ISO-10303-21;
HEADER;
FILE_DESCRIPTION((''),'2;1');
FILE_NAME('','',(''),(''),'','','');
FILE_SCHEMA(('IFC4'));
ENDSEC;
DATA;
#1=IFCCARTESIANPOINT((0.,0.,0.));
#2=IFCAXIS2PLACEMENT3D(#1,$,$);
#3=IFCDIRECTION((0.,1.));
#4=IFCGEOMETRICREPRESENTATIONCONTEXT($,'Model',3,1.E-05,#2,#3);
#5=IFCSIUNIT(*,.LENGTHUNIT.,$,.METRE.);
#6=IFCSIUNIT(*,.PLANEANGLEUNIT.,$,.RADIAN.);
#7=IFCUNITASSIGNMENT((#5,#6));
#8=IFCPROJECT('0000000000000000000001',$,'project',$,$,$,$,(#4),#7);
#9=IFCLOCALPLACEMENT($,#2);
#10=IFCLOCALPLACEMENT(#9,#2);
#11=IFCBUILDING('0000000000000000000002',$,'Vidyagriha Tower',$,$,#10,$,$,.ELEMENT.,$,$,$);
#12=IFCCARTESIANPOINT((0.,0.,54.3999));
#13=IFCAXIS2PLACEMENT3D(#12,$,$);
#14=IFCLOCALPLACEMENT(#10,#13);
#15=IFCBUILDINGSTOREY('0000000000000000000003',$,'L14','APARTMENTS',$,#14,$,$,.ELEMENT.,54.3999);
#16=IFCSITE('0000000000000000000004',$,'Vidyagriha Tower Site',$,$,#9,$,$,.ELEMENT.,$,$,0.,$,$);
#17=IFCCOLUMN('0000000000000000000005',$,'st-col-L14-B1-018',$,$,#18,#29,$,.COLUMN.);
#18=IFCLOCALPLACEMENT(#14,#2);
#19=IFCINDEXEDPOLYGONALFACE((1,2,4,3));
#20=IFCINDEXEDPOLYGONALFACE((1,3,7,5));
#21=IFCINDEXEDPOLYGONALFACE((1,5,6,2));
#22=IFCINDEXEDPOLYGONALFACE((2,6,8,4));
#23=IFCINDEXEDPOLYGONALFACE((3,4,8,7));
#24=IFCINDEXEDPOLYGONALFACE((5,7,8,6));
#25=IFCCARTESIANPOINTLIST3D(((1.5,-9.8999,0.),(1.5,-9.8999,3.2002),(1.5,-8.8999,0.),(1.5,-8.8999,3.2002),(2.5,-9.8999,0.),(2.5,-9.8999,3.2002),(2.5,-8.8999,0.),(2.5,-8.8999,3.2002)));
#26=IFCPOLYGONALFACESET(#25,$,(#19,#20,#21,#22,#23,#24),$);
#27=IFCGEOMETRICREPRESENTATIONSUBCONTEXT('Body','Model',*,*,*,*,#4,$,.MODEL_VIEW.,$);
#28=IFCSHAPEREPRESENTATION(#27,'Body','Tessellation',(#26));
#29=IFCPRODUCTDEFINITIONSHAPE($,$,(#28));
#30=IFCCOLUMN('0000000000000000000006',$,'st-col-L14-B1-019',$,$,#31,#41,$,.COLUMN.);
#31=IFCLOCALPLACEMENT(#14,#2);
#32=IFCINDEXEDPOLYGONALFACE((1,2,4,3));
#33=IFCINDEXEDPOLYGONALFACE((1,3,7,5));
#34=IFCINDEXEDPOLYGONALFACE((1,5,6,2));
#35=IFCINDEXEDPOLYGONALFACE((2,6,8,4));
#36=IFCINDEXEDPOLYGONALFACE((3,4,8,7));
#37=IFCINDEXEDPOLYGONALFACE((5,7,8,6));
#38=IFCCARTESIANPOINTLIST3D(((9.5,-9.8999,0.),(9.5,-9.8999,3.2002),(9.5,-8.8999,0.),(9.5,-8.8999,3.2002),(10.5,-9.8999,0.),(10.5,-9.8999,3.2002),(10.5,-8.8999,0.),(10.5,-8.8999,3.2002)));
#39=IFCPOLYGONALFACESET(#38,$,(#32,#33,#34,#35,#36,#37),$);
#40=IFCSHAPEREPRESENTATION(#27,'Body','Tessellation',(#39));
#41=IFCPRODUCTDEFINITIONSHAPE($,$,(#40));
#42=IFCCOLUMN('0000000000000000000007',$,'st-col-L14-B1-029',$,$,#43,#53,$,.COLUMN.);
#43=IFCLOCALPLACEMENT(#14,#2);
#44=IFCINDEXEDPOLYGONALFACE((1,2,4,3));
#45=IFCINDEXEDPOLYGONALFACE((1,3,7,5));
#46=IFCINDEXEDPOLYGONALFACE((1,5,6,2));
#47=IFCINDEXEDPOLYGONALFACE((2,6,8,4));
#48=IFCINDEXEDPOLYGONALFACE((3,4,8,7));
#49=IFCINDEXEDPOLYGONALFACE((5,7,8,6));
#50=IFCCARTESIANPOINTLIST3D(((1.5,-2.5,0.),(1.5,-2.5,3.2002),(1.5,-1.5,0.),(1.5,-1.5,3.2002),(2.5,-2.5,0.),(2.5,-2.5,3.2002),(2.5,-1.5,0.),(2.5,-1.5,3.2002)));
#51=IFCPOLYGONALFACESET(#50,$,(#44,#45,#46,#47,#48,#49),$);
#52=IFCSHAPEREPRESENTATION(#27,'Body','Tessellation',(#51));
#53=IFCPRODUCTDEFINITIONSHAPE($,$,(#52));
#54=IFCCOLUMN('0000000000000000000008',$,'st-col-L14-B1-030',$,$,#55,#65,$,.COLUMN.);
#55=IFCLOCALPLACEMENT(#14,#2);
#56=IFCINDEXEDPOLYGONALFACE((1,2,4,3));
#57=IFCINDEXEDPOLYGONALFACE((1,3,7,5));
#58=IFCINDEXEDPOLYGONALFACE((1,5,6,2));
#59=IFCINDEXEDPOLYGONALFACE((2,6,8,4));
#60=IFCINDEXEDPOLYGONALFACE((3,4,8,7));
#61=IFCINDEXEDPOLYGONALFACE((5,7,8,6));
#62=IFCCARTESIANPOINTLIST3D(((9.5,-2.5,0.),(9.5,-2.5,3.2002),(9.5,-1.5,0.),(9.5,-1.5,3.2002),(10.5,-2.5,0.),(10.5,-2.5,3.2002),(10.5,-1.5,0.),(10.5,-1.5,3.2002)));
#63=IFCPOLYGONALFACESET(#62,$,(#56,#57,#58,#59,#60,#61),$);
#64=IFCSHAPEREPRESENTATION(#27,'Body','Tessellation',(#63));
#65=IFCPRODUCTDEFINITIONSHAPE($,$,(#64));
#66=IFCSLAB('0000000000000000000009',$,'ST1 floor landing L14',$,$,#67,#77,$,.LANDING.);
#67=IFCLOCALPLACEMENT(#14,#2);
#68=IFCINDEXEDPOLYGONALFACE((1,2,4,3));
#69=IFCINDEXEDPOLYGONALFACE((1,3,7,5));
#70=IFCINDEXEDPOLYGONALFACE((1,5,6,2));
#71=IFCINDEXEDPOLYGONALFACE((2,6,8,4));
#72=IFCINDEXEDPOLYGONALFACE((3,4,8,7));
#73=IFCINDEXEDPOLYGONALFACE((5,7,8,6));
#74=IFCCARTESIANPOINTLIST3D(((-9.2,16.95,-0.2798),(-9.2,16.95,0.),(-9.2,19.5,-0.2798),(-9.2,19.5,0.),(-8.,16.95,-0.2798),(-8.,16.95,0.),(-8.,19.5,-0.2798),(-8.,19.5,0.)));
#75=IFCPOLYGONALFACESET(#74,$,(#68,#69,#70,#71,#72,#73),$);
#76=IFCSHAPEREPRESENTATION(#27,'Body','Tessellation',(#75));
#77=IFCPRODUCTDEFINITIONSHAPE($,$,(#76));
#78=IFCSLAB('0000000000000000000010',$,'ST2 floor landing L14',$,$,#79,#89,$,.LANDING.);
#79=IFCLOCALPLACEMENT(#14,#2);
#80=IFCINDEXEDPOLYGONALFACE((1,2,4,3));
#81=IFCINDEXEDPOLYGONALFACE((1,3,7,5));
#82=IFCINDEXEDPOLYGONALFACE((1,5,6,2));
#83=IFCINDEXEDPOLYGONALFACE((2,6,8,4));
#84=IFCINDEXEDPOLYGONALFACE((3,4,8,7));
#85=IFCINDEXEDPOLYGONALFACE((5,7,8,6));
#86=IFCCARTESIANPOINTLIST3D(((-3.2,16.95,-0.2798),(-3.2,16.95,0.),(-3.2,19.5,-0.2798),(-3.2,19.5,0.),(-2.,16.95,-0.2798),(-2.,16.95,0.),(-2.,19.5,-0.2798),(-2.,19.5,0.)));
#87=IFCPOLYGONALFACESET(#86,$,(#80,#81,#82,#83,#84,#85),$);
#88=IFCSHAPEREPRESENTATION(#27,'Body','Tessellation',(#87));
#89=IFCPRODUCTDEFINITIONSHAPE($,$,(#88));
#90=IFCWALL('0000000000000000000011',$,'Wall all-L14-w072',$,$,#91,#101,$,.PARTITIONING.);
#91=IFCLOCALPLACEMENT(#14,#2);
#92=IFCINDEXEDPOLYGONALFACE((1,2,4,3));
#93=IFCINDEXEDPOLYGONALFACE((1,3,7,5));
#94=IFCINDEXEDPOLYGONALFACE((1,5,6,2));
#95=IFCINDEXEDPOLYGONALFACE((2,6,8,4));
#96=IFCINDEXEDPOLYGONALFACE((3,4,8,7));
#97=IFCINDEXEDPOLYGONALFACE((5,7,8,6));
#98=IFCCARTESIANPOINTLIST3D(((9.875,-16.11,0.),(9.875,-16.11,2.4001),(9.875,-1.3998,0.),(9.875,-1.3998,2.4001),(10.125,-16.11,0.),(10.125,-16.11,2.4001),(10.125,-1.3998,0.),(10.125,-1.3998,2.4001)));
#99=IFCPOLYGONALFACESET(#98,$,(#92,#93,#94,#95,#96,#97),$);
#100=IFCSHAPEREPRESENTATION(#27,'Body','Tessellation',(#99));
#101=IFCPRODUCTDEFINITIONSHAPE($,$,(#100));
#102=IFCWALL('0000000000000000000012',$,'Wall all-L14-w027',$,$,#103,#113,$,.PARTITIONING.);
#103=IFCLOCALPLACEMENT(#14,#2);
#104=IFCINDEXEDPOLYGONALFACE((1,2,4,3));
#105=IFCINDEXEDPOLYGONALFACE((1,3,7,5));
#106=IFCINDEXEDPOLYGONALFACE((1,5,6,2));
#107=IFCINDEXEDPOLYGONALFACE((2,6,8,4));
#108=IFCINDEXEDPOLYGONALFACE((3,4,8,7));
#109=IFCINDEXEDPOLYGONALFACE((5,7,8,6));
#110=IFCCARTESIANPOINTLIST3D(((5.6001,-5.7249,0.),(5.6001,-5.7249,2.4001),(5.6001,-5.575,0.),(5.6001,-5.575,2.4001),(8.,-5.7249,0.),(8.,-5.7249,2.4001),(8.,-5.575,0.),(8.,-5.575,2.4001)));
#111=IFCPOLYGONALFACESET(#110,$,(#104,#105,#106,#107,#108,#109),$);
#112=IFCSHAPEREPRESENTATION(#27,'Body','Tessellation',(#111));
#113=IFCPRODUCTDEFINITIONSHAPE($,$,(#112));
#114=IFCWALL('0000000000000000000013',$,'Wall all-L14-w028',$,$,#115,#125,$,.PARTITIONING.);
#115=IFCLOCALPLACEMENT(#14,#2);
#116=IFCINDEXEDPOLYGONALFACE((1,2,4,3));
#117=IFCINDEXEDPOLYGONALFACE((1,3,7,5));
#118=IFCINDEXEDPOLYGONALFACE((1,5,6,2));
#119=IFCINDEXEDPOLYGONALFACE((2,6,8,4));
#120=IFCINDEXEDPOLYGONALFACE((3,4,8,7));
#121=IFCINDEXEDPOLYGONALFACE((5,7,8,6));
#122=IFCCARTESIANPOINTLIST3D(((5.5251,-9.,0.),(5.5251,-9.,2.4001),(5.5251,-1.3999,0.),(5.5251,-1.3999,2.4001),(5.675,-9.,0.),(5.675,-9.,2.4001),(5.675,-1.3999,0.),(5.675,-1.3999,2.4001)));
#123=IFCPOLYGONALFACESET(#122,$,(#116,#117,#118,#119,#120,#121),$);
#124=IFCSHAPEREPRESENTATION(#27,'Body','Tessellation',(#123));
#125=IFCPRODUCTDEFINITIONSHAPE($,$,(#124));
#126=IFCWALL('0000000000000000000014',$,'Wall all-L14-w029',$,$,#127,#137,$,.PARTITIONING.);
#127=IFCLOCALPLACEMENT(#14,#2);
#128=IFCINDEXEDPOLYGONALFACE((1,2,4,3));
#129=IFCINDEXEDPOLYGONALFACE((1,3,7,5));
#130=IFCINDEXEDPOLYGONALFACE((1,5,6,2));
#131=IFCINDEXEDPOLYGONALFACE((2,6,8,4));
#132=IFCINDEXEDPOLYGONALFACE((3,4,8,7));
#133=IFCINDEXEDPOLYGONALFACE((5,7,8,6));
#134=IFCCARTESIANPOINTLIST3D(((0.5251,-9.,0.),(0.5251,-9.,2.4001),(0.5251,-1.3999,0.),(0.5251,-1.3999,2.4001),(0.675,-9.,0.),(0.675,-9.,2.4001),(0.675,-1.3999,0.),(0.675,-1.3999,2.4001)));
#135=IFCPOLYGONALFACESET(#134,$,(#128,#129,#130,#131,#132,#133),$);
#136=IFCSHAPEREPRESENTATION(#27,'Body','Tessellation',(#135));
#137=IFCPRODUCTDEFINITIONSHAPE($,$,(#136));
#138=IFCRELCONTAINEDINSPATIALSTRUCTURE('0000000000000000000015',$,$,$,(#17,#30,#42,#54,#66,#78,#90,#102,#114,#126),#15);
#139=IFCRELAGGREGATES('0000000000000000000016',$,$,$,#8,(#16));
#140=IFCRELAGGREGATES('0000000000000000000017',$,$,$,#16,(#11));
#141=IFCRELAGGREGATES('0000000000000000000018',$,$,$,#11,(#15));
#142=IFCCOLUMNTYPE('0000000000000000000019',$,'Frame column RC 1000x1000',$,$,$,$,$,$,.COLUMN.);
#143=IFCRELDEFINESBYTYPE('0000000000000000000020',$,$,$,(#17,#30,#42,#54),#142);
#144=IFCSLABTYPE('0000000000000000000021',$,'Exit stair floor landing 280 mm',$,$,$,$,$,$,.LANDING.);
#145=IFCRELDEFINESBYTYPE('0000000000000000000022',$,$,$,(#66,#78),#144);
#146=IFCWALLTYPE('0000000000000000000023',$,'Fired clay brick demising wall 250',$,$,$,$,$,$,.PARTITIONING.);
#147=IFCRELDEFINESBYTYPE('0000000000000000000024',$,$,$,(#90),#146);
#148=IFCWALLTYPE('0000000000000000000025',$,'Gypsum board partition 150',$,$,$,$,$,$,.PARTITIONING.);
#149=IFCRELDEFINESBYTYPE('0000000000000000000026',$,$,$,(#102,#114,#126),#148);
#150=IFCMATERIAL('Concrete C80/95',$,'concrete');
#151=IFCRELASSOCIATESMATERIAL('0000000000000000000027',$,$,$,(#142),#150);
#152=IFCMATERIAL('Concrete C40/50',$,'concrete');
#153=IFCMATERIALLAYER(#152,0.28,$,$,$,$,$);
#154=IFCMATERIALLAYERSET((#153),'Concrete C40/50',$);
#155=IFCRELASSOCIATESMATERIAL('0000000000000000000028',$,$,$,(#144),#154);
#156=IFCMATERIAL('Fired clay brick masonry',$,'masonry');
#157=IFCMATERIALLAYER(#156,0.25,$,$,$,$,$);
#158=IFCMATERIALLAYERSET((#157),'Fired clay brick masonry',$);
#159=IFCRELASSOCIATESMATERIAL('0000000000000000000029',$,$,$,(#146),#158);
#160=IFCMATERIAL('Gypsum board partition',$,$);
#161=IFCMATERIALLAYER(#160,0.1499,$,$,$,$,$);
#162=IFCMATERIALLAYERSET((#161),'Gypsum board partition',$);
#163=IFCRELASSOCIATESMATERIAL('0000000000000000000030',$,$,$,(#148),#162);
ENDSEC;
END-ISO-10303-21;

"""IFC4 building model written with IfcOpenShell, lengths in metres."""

from ifc_helpers import new_model, si_unit, direction, frame, frame_2d, origin, origin_2d, place, context, subcontext, project, spatial, polyline, rectangle, outline, extrude, material, layer, layer_set, material_profile, profile_set, type_object, element, save


model = new_model("IFC4")

# Units and contexts
model_context = context("Model", 3, precision=1e-05, world=origin(), true_north=direction((0.0, 1.0)))
body_context = subcontext(model_context, "Body", "Model", "MODEL_VIEW")
ifc_project = project(units=[si_unit("LENGTHUNIT", "METRE"), si_unit("PLANEANGLEUNIT", "RADIAN")], contexts=[model_context])

# Site, building, storey
site_placement = place(None, origin())
site = spatial("IfcSite", under=ifc_project, at=site_placement, Name="Vidyagriha Tower Site", CompositionType="ELEMENT", RefElevation=0.0)
building_placement = place(site_placement, origin())
building = spatial("IfcBuilding", under=site, at=building_placement, Name="Vidyagriha Tower", CompositionType="ELEMENT")
storey_placement = place(building_placement, frame((0.0, 0.0, 54.3999)))
storey = spatial("IfcBuildingStorey", under=building, at=storey_placement, Name="L14", Description="APARTMENTS", CompositionType="ELEMENT", Elevation=54.3999)

# Columns
ifc_material_1 = material(Name="Concrete C80/95", Category="concrete")
ifc_material_profile = material_profile(ifc_material_1, rectangle(XDim=1.0, YDim=1.0, at=origin_2d()), Name="RC 1000x1000")
ifc_profile_set = profile_set([ifc_material_profile], Name="Concrete C80/95")
column_type = type_object("IfcColumnType", Name="Frame column RC 1000x1000", PredefinedType="COLUMN", material=ifc_profile_set)
for number, where, name in (
    (1, (2.0, -9.3999, 0.0), "st-col-L14-B1-018"),
    (2, (10.0, -9.3999, 0.0), "st-col-L14-B1-019"),
    (3, (2.0, -2.0, 0.0), "st-col-L14-B1-029"),
    (4, (10.0, -2.0, 0.0), "st-col-L14-B1-030"),
):
    element("IfcColumn", number, at=place(storey_placement, frame(where)), inside=storey, type_object=column_type, Name=name, PredefinedType="COLUMN", context=body_context, shape_type="SweptSolid", body=[
        extrude(rectangle(XDim=1.0, YDim=1.0, at=origin_2d()), origin(), (0.0, 0.0, 1.0), 3.2002),
    ])

# Slabs
ifc_material_2 = material(Name="Concrete C40/50", Category="concrete")
ifc_layer_1 = layer(ifc_material_2, 0.28)
ifc_layer_set_1 = layer_set([ifc_layer_1], Name="Concrete C40/50")
slab_type = type_object("IfcSlabType", Name="Exit stair floor landing 280 mm", PredefinedType="LANDING", material=ifc_layer_set_1)
slab_1_placement = place(storey_placement, frame((0.0, 0.0, -0.2798)))
element("IfcSlab", 5, at=slab_1_placement, inside=storey, type_object=slab_type, Name="ST1 floor landing L14", PredefinedType="LANDING", context=body_context, shape_type="SweptSolid", body=[
    extrude(outline(polyline([(-9.2, 16.95), (-8.0, 16.95), (-8.0, 19.5), (-9.2, 19.5), (-9.2, 16.95)])), origin(), (0.0, 0.0, 1.0), 0.2798),
])
slab_2_placement = place(storey_placement, frame((0.0, 0.0, -0.2798)))
element("IfcSlab", 6, at=slab_2_placement, inside=storey, type_object=slab_type, Name="ST2 floor landing L14", PredefinedType="LANDING", context=body_context, shape_type="SweptSolid", body=[
    extrude(outline(polyline([(-3.2, 16.95), (-2.0, 16.95), (-2.0, 19.5), (-3.2, 19.5), (-3.2, 16.95)])), origin(), (0.0, 0.0, 1.0), 0.2798),
])

# Walls
ifc_material_3 = material(Name="Fired clay brick masonry", Category="masonry")
ifc_layer_2 = layer(ifc_material_3, 0.25)
ifc_layer_set_2 = layer_set([ifc_layer_2], Name="Fired clay brick masonry")
wall_type_1 = type_object("IfcWallType", Name="Fired clay brick demising wall 250", PredefinedType="PARTITIONING", material=ifc_layer_set_2)
wall_1_placement = place(storey_placement, frame((10.0, -1.3999, 0.0), z_axis=(0.0, 0.0, 1.0), x_axis=(0.0, -1.0, 0.0)))
element("IfcWall", 7, at=wall_1_placement, inside=storey, type_object=wall_type_1, Name="Wall all-L14-w072", PredefinedType="PARTITIONING", context=body_context, shape_type="SweptSolid", body=[
    extrude(rectangle(XDim=14.7102, YDim=0.25, at=frame_2d((7.355, 0.0))), origin(), (0.0, 0.0, 1.0), 2.4001),
])
ifc_material_4 = material(Name="Gypsum board partition")
ifc_layer_3 = layer(ifc_material_4, 0.1499)
ifc_layer_set_3 = layer_set([ifc_layer_3], Name="Gypsum board partition")
wall_type_2 = type_object("IfcWallType", Name="Gypsum board partition 150", PredefinedType="PARTITIONING", material=ifc_layer_set_3)
wall_2_placement = place(storey_placement, frame((8.0, -5.6499, 0.0), z_axis=(0.0, 0.0, 1.0), x_axis=(-1.0, 0.0, 0.0)))
element("IfcWall", 8, at=wall_2_placement, inside=storey, type_object=wall_type_2, Name="Wall all-L14-w027", PredefinedType="PARTITIONING", context=body_context, shape_type="SweptSolid", body=[
    extrude(rectangle(XDim=2.3999, YDim=0.1499, at=frame_2d((1.2, 0.0))), origin(), (0.0, 0.0, 1.0), 2.4001),
])
for number, where, z_axis, x_axis, name in (
    (9, (5.6001, -9.0, 0.0), (0.0, 0.0, 1.0), (0.0, 1.0, 0.0), "Wall all-L14-w028"),
    (10, (0.6001, -9.0, 0.0), (0.0, 0.0, 1.0), (0.0, 1.0, 0.0), "Wall all-L14-w029"),
):
    element("IfcWall", number, at=place(storey_placement, frame(where, z_axis=z_axis, x_axis=x_axis)), inside=storey, type_object=wall_type_2, Name=name, PredefinedType="PARTITIONING", context=body_context, shape_type="SweptSolid", body=[
        extrude(rectangle(XDim=7.6001, YDim=0.1499, at=frame_2d((3.8, 0.0))), origin(), (0.0, 0.0, 1.0), 2.4001),
    ])

save(model, "model.ifc")
